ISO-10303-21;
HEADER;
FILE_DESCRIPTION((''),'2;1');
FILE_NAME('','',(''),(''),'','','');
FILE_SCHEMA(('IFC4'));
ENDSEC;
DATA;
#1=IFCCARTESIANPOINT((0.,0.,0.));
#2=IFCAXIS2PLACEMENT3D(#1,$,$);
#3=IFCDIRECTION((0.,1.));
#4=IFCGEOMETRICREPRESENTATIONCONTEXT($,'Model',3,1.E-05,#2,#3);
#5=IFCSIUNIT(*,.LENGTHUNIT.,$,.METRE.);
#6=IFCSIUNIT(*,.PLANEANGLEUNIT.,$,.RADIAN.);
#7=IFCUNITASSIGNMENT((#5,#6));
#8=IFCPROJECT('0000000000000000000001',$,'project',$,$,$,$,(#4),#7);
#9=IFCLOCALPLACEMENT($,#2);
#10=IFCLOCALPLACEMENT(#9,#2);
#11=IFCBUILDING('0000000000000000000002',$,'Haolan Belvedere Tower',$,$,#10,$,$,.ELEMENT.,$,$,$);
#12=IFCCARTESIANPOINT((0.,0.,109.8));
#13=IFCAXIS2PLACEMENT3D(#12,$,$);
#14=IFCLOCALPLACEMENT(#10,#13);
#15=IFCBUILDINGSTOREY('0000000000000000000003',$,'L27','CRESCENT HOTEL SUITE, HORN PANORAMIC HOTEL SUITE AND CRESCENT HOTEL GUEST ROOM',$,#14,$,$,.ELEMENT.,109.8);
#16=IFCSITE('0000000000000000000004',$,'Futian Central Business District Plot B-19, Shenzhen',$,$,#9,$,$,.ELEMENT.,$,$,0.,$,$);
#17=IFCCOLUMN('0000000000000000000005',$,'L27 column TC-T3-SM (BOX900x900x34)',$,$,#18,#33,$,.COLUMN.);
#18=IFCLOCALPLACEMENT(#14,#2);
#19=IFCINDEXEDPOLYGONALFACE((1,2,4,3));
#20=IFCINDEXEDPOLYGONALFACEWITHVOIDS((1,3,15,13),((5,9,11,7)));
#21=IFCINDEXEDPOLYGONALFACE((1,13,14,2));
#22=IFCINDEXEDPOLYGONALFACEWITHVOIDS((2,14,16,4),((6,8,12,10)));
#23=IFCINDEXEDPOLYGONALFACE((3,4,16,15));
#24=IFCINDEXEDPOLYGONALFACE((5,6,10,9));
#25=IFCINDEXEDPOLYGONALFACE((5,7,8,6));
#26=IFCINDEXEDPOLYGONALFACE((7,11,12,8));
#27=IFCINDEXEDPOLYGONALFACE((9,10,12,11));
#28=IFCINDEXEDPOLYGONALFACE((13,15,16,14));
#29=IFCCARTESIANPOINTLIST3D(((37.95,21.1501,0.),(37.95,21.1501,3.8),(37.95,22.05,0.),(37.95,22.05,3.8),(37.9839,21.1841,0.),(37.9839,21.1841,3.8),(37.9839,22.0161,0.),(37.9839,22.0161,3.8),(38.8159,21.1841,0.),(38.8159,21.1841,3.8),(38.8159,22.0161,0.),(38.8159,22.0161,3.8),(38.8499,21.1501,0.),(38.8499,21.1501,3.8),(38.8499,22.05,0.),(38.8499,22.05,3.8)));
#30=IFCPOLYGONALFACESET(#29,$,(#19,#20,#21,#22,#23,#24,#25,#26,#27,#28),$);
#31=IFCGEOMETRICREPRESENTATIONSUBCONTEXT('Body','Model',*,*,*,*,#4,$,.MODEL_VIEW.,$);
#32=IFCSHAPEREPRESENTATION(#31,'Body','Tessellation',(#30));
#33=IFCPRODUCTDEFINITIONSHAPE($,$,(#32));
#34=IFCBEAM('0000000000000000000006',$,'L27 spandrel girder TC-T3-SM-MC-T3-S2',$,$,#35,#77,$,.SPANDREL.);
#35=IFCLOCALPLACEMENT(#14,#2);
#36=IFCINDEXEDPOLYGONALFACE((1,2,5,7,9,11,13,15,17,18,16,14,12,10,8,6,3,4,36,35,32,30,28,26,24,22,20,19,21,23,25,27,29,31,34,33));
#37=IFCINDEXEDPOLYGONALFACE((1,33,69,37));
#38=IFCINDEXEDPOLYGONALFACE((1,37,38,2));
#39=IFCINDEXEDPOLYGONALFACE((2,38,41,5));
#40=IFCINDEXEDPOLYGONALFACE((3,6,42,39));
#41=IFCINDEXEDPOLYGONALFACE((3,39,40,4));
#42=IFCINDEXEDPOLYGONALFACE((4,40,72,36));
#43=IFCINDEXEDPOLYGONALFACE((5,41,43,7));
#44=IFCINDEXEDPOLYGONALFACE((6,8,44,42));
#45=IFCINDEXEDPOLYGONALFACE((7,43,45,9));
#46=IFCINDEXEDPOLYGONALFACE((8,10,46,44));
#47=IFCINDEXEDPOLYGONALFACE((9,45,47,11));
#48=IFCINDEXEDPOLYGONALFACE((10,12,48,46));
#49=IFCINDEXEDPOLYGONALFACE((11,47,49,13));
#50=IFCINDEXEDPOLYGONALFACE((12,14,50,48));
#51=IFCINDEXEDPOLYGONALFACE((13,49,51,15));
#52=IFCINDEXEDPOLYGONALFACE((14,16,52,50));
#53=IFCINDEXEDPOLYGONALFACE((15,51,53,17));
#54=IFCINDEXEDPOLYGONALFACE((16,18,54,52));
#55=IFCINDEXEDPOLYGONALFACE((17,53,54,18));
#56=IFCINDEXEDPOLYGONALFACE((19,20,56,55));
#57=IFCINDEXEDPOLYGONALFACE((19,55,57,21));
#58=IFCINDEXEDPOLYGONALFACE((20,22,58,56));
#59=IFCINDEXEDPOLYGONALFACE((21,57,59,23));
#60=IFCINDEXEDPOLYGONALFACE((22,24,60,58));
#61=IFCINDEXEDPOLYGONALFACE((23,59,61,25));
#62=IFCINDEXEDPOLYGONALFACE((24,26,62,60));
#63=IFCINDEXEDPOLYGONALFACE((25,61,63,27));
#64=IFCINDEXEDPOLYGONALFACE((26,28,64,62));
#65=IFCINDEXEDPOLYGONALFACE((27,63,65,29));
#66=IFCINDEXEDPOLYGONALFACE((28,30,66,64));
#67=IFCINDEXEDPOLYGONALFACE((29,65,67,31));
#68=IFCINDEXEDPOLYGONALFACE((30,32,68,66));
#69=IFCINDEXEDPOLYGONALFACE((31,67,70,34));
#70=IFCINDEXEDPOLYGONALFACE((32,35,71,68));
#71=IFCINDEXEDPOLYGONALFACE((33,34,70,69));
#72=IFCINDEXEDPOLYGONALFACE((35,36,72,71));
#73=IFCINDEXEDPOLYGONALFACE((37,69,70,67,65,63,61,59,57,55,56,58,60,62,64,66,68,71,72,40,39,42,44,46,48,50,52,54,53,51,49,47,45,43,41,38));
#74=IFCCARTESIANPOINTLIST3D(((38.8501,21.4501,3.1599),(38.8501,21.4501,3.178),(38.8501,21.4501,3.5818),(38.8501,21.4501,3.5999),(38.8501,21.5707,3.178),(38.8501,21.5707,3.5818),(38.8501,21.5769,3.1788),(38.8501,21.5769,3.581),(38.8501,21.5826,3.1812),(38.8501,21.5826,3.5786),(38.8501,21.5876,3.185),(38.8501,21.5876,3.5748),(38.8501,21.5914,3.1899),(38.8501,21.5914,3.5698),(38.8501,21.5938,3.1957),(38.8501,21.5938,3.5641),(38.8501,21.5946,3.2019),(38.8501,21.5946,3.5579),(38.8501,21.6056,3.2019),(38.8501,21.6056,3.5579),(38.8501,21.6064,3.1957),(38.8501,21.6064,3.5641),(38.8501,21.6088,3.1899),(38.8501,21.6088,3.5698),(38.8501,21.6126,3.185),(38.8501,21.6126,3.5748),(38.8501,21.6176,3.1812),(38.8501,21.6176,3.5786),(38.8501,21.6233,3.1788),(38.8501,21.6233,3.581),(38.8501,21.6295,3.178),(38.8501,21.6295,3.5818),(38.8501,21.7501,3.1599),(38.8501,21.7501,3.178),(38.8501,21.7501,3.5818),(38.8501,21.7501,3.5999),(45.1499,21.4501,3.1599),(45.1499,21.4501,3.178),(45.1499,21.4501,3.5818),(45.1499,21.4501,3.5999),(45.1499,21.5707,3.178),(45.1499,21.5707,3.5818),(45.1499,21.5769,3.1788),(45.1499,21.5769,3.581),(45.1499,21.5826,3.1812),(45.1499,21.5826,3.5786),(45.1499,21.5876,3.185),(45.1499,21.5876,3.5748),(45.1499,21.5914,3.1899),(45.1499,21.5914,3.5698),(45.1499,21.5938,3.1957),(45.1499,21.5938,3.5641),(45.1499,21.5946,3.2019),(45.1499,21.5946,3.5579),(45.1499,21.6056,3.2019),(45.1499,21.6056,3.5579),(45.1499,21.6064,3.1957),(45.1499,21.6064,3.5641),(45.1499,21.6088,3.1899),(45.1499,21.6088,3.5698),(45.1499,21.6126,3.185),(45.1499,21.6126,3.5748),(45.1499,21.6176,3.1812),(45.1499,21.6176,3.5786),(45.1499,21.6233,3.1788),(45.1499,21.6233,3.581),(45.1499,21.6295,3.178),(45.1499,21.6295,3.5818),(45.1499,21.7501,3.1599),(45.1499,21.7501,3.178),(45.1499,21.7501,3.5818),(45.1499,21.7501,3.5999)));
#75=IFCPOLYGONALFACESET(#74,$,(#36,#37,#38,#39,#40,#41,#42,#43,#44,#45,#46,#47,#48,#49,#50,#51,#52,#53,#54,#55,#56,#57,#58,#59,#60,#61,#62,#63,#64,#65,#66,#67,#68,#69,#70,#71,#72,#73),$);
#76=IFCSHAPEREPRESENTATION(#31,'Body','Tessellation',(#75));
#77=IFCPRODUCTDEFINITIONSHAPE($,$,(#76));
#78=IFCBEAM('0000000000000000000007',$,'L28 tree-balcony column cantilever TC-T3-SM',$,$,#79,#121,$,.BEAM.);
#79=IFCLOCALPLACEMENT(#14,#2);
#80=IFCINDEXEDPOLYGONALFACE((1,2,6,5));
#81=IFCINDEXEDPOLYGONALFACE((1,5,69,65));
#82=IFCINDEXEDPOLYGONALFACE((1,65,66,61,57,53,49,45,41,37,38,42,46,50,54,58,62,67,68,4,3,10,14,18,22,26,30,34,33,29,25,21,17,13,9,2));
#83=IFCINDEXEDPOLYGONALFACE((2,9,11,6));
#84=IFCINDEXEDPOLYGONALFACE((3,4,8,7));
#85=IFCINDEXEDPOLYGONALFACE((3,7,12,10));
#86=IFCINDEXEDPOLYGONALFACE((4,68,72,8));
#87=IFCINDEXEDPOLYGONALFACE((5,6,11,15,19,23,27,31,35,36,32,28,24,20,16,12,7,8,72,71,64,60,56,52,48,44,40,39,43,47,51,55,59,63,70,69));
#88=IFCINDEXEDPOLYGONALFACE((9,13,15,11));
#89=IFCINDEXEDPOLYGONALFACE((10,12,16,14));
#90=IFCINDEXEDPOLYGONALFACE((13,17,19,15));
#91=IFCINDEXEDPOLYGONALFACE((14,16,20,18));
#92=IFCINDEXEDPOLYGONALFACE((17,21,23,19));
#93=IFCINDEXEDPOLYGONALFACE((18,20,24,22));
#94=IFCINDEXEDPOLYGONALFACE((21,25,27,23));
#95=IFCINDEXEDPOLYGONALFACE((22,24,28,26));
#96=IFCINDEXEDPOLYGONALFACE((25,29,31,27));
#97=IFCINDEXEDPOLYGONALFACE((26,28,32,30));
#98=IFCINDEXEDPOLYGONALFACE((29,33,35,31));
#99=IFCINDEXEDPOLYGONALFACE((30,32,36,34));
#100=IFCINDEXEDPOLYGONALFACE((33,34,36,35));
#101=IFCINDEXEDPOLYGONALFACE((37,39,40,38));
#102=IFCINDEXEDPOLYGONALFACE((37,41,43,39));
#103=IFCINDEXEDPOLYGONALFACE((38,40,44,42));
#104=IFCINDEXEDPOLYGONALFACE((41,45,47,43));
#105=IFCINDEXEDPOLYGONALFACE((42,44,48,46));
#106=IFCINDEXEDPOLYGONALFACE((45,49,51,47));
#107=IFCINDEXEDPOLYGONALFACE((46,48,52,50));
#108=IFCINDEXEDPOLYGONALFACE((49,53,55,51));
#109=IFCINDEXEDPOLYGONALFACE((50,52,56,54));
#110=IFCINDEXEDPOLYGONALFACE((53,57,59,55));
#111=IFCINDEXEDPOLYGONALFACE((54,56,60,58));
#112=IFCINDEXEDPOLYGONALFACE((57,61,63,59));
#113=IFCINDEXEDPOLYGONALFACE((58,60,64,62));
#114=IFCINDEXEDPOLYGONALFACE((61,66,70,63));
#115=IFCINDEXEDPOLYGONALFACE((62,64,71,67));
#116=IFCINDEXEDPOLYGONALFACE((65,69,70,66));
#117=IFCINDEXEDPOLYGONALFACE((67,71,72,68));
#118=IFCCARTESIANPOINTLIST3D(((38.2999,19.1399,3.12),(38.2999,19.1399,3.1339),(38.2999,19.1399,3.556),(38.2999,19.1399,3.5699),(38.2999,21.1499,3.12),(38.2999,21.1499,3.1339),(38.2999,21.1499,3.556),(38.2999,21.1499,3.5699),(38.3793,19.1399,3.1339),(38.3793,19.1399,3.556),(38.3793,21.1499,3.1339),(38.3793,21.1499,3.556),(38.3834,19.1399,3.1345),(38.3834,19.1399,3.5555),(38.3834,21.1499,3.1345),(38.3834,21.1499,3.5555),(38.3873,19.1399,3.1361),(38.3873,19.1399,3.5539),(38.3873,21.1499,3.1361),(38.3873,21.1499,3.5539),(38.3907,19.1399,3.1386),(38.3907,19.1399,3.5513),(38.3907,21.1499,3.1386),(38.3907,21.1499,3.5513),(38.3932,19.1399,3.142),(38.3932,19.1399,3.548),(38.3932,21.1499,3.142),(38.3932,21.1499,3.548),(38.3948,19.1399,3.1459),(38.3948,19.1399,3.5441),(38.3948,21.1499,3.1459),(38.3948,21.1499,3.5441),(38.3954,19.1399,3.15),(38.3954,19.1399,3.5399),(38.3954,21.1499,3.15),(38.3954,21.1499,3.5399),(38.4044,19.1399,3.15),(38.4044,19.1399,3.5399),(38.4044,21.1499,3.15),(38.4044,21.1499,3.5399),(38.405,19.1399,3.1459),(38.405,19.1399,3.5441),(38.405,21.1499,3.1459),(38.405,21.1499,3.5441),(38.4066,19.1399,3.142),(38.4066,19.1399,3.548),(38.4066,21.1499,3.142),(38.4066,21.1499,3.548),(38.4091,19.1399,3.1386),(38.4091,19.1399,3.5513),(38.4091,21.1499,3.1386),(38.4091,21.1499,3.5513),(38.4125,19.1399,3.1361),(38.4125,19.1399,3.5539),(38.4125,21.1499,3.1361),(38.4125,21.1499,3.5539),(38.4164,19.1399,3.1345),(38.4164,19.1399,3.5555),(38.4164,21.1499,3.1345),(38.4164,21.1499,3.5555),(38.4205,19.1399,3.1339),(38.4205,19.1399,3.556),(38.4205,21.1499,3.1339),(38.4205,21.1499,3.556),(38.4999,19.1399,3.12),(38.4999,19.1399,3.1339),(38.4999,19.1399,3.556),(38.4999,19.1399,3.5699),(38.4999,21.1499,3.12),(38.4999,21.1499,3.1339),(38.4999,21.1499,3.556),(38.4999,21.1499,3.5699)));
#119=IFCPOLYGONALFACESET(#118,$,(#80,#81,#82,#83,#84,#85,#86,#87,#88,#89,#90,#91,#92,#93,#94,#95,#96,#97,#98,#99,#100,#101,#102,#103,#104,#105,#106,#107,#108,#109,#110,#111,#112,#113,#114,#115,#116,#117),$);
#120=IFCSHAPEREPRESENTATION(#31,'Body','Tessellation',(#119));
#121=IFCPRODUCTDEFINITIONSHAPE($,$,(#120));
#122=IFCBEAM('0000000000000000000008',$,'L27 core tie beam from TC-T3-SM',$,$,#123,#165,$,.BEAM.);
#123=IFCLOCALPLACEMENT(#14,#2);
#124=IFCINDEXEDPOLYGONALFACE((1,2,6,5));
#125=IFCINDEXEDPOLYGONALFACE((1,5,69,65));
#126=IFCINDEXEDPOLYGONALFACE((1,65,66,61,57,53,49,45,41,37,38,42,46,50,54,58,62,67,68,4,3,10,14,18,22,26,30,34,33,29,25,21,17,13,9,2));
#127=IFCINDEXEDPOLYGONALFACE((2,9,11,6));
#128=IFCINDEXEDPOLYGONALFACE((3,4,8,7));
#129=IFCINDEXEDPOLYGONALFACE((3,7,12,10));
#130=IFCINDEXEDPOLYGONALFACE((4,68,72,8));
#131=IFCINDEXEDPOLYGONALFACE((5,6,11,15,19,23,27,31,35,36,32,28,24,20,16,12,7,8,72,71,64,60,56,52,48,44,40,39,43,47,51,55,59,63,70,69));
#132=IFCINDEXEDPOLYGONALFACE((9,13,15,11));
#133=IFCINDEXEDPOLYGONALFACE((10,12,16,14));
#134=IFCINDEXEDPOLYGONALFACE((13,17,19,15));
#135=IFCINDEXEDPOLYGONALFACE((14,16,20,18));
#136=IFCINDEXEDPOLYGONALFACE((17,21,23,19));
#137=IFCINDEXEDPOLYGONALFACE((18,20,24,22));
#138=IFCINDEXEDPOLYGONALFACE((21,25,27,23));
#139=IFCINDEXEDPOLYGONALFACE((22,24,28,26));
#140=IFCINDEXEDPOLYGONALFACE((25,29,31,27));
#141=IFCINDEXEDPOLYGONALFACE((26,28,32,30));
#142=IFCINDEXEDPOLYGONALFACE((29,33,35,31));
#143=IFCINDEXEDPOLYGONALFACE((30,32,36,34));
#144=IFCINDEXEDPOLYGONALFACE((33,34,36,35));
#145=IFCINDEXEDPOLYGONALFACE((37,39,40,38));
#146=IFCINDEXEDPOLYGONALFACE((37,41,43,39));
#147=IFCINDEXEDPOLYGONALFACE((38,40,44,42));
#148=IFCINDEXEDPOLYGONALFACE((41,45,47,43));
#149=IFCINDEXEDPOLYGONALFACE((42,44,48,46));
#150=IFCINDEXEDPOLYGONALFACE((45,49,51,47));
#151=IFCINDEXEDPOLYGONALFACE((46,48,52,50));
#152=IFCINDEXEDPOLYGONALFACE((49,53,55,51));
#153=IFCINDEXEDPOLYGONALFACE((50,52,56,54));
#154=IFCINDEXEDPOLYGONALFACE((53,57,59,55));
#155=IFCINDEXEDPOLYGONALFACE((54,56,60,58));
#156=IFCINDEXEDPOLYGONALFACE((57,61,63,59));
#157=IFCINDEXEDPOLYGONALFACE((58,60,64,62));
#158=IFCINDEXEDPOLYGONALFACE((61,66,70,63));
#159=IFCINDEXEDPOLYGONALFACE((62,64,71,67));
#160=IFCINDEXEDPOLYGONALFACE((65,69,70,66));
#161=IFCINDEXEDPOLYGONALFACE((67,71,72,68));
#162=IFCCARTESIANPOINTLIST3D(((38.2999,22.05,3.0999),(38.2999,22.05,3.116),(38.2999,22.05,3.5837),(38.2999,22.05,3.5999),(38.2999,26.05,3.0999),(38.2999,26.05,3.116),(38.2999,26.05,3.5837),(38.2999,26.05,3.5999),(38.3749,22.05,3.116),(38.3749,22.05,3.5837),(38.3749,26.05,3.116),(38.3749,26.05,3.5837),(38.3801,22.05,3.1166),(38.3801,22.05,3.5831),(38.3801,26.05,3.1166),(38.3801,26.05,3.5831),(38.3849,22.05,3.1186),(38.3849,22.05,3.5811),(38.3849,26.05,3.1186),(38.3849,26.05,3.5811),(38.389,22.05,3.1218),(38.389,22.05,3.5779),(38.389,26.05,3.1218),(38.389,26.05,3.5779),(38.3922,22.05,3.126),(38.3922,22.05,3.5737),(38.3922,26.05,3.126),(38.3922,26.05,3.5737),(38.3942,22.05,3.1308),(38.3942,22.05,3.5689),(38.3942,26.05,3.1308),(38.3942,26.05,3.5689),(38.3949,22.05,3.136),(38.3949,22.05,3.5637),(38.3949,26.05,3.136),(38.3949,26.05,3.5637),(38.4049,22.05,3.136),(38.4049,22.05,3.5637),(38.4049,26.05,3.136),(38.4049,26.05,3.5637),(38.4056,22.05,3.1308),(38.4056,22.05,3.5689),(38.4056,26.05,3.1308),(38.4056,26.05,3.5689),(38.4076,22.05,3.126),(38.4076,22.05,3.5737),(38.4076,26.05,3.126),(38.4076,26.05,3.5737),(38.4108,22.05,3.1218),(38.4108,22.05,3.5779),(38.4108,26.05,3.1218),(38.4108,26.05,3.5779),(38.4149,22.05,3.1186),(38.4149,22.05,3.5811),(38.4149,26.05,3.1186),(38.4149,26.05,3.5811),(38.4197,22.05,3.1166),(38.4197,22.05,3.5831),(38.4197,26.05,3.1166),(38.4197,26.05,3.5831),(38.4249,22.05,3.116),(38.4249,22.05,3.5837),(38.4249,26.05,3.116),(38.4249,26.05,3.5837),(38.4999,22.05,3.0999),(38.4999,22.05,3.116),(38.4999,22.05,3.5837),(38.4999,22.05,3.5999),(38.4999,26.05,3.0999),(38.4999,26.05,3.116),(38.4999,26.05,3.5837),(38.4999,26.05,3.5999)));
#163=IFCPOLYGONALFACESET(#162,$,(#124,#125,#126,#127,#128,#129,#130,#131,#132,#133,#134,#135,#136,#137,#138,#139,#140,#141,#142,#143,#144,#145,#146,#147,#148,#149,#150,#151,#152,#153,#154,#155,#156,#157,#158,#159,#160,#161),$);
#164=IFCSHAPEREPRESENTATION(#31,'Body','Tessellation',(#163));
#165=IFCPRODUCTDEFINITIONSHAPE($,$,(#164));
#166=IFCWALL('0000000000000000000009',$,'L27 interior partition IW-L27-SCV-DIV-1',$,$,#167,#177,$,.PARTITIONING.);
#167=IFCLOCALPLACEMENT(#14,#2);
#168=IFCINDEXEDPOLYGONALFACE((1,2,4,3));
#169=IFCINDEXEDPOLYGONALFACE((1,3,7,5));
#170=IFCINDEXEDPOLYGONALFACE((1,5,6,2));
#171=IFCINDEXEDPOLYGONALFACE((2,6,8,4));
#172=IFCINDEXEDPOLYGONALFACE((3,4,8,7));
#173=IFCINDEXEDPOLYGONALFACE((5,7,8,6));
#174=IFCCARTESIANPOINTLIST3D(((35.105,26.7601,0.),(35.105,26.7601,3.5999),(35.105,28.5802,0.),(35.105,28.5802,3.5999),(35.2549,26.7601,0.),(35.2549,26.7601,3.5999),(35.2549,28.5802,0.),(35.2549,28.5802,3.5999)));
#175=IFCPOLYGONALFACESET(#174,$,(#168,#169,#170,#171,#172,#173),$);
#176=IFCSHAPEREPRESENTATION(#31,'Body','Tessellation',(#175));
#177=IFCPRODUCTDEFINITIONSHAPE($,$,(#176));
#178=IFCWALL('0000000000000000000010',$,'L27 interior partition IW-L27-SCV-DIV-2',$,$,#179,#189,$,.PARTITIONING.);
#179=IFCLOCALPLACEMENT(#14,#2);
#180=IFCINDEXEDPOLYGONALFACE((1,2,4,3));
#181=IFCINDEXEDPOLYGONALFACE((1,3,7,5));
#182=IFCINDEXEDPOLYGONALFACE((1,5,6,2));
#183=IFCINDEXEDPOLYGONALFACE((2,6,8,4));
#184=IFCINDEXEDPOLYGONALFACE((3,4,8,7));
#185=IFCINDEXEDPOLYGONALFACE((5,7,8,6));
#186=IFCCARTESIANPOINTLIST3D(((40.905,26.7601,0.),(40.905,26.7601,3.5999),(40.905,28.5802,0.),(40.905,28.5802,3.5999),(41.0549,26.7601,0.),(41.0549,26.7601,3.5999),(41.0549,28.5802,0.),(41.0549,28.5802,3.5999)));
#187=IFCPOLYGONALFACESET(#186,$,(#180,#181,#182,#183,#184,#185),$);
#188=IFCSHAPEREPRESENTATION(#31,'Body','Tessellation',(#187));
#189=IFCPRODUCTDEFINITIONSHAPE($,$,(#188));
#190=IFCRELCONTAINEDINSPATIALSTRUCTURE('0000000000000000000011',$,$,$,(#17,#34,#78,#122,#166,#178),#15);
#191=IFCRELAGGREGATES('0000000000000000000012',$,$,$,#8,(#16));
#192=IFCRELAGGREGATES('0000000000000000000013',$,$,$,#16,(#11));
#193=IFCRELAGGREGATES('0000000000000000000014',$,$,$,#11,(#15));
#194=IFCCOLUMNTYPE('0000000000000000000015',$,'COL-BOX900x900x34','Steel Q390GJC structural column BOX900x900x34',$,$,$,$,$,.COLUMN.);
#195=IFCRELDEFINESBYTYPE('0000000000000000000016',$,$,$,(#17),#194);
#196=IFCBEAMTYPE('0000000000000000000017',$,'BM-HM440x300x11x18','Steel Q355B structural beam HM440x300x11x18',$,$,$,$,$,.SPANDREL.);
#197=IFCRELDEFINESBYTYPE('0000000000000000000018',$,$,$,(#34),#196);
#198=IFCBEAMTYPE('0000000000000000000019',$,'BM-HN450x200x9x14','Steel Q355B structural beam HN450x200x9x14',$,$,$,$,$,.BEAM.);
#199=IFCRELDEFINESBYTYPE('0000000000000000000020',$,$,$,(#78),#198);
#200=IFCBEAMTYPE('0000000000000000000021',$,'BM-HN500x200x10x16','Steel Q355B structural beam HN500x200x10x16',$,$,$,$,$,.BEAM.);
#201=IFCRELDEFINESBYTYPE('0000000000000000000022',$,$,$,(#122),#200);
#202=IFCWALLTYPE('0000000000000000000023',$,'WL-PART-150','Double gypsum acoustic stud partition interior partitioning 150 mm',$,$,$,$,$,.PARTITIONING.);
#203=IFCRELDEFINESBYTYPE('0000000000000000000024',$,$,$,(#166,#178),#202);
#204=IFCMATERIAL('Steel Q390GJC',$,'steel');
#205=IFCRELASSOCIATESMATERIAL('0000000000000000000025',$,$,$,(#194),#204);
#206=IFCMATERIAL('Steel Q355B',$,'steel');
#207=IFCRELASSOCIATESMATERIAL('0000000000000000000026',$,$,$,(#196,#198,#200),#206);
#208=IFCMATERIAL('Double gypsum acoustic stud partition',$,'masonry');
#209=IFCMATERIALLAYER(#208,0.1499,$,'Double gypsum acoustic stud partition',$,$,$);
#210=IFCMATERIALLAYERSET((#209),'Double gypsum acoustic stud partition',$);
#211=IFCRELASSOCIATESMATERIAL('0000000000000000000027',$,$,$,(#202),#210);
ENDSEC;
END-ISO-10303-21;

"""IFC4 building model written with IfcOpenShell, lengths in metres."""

from ifc_helpers import new_model, si_unit, direction, frame, frame_2d, origin, origin_2d, place, context, subcontext, project, spatial, rectangle, hollow_rectangle, i_section, extrude, material, layer, layer_set, material_profile, profile_set, type_object, element, save


model = new_model("IFC4")

# Units and contexts
model_context = context("Model", 3, precision=1e-05, world=origin(), true_north=direction((0.0, 1.0)))
body_context = subcontext(model_context, "Body", "Model", "MODEL_VIEW")
ifc_project = project(units=[si_unit("LENGTHUNIT", "METRE"), si_unit("PLANEANGLEUNIT", "RADIAN")], contexts=[model_context])

# Site, building, storey
site_placement = place(None, origin())
site = spatial("IfcSite", under=ifc_project, at=site_placement, Name="Futian Central Business District Plot B-19, Shenzhen", CompositionType="ELEMENT", RefElevation=0.0)
building_placement = place(site_placement, origin())
building = spatial("IfcBuilding", under=site, at=building_placement, Name="Haolan Belvedere Tower", CompositionType="ELEMENT")
storey_placement = place(building_placement, frame((0.0, 0.0, 109.8)))
storey = spatial("IfcBuildingStorey", under=building, at=storey_placement, Name="L27", Description="CRESCENT HOTEL SUITE, HORN PANORAMIC HOTEL SUITE AND CRESCENT HOTEL GUEST ROOM", CompositionType="ELEMENT", Elevation=109.8)

# Column
ifc_material_1 = material(Name="Steel Q390GJC", Category="steel")
ifc_material_profile_1 = material_profile(ifc_material_1, hollow_rectangle(XDim=0.8999, YDim=0.8999, WallThickness=0.0339, at=origin_2d()), Name="Steel Q390GJC")
ifc_profile_set_1 = profile_set([ifc_material_profile_1], Name="Steel Q390GJC")
column_type = type_object("IfcColumnType", Name="COL-BOX900x900x34", Description="Steel Q390GJC structural column BOX900x900x34", PredefinedType="COLUMN", material=ifc_profile_set_1)
column_placement = place(storey_placement, frame((38.3999, 21.6001, 0.0), z_axis=(0.0, 0.0, 1.0), x_axis=(1.0, 0.0, 0.0)))
element("IfcColumn", 1, at=column_placement, inside=storey, type_object=column_type, Name="L27 column TC-T3-SM (BOX900x900x34)", PredefinedType="COLUMN", context=body_context, shape_type="SweptSolid", body=[
    extrude(hollow_rectangle(XDim=0.8999, YDim=0.8999, WallThickness=0.0339, at=origin_2d()), origin(), (0.0, 0.0, 1.0), 3.8),
])

# Beams
ifc_material_2 = material(Name="Steel Q355B", Category="steel")
ifc_material_profile_2 = material_profile(ifc_material_2, i_section(OverallWidth=0.3, OverallDepth=0.4399, WebThickness=0.011, FlangeThickness=0.0181, FilletRadius=0.0239, at=origin_2d()), Name="Steel Q355B")
ifc_profile_set_2 = profile_set([ifc_material_profile_2], Name="Steel Q355B")
beam_type_1 = type_object("IfcBeamType", Name="BM-HM440x300x11x18", Description="Steel Q355B structural beam HM440x300x11x18", PredefinedType="SPANDREL", material=ifc_profile_set_2)
beam_1_placement = place(storey_placement, frame((38.8501, 21.6001, 3.3799), z_axis=(1.0, 0.0, 0.0), x_axis=(0.0, 1.0, 0.0)))
element("IfcBeam", 2, at=beam_1_placement, inside=storey, type_object=beam_type_1, Name="L27 spandrel girder TC-T3-SM-MC-T3-S2", PredefinedType="SPANDREL", context=body_context, shape_type="SweptSolid", body=[
    extrude(i_section(OverallWidth=0.3, OverallDepth=0.4399, WebThickness=0.011, FlangeThickness=0.0181, FilletRadius=0.0239, at=origin_2d()), origin(), (0.0, 0.0, 1.0), 6.2998),
])
ifc_material_profile_3 = material_profile(ifc_material_2, i_section(OverallWidth=0.2, OverallDepth=0.45, WebThickness=0.009, FlangeThickness=0.0139, FilletRadius=0.0161, at=origin_2d()), Name="Steel Q355B")
ifc_profile_set_3 = profile_set([ifc_material_profile_3], Name="Steel Q355B")
beam_type_2 = type_object("IfcBeamType", Name="BM-HN450x200x9x14", Description="Steel Q355B structural beam HN450x200x9x14", PredefinedType="BEAM", material=ifc_profile_set_3)
beam_2_placement = place(storey_placement, frame((38.3999, 21.1499, 3.345), z_axis=(0.0, -1.0, 0.0), x_axis=(1.0, 0.0, 0.0)))
element("IfcBeam", 3, at=beam_2_placement, inside=storey, type_object=beam_type_2, Name="L28 tree-balcony column cantilever TC-T3-SM", PredefinedType="BEAM", context=body_context, shape_type="SweptSolid", body=[
    extrude(i_section(OverallWidth=0.2, OverallDepth=0.45, WebThickness=0.009, FlangeThickness=0.0139, FilletRadius=0.0161, at=origin_2d()), origin(), (0.0, 0.0, 1.0), 2.01),
])
ifc_material_profile_4 = material_profile(ifc_material_2, i_section(OverallWidth=0.2, OverallDepth=0.5, WebThickness=0.01, FlangeThickness=0.0161, FilletRadius=0.02, at=origin_2d()), Name="Steel Q355B")
ifc_profile_set_4 = profile_set([ifc_material_profile_4], Name="Steel Q355B")
beam_type_3 = type_object("IfcBeamType", Name="BM-HN500x200x10x16", Description="Steel Q355B structural beam HN500x200x10x16", PredefinedType="BEAM", material=ifc_profile_set_4)
beam_3_placement = place(storey_placement, frame((38.3999, 22.05, 3.3499), z_axis=(0.0, 1.0, 0.0), x_axis=(-1.0, 0.0, 0.0)))
element("IfcBeam", 4, at=beam_3_placement, inside=storey, type_object=beam_type_3, Name="L27 core tie beam from TC-T3-SM", PredefinedType="BEAM", context=body_context, shape_type="SweptSolid", body=[
    extrude(i_section(OverallWidth=0.2, OverallDepth=0.5, WebThickness=0.01, FlangeThickness=0.0161, FilletRadius=0.02, at=origin_2d()), origin(), (0.0, 0.0, 1.0), 4.0),
])

# Walls
ifc_material_3 = material(Name="Double gypsum acoustic stud partition", Category="masonry")
ifc_layer_1 = layer(ifc_material_3, 0.1499, Name="Double gypsum acoustic stud partition")
ifc_layer_set_1 = layer_set([ifc_layer_1], Name="Double gypsum acoustic stud partition")
wall_type_1 = type_object("IfcWallType", Name="WL-PART-150", Description="Double gypsum acoustic stud partition interior partitioning 150 mm", PredefinedType="PARTITIONING", material=ifc_layer_set_1)
for number, where, z_axis, x_axis, name in (
    (5, (35.1799, 26.76, 0.0), (0.0, 0.0, 1.0), (0.0, 1.0, 0.0), "L27 interior partition IW-L27-SCV-DIV-1"),
    (6, (40.98, 26.76, 0.0), (0.0, 0.0, 1.0), (0.0, 1.0, 0.0), "L27 interior partition IW-L27-SCV-DIV-2"),
):
    element("IfcWall", number, at=place(storey_placement, frame(where, z_axis=z_axis, x_axis=x_axis)), inside=storey, type_object=wall_type_1, Name=name, PredefinedType="PARTITIONING", context=body_context, shape_type="SweptSolid", body=[
        extrude(rectangle(XDim=1.8201, YDim=0.1499, at=frame_2d((0.9102, 0.0))), origin(), (0.0, 0.0, 1.0), 3.5999),
    ])

save(model, "model.ifc")
